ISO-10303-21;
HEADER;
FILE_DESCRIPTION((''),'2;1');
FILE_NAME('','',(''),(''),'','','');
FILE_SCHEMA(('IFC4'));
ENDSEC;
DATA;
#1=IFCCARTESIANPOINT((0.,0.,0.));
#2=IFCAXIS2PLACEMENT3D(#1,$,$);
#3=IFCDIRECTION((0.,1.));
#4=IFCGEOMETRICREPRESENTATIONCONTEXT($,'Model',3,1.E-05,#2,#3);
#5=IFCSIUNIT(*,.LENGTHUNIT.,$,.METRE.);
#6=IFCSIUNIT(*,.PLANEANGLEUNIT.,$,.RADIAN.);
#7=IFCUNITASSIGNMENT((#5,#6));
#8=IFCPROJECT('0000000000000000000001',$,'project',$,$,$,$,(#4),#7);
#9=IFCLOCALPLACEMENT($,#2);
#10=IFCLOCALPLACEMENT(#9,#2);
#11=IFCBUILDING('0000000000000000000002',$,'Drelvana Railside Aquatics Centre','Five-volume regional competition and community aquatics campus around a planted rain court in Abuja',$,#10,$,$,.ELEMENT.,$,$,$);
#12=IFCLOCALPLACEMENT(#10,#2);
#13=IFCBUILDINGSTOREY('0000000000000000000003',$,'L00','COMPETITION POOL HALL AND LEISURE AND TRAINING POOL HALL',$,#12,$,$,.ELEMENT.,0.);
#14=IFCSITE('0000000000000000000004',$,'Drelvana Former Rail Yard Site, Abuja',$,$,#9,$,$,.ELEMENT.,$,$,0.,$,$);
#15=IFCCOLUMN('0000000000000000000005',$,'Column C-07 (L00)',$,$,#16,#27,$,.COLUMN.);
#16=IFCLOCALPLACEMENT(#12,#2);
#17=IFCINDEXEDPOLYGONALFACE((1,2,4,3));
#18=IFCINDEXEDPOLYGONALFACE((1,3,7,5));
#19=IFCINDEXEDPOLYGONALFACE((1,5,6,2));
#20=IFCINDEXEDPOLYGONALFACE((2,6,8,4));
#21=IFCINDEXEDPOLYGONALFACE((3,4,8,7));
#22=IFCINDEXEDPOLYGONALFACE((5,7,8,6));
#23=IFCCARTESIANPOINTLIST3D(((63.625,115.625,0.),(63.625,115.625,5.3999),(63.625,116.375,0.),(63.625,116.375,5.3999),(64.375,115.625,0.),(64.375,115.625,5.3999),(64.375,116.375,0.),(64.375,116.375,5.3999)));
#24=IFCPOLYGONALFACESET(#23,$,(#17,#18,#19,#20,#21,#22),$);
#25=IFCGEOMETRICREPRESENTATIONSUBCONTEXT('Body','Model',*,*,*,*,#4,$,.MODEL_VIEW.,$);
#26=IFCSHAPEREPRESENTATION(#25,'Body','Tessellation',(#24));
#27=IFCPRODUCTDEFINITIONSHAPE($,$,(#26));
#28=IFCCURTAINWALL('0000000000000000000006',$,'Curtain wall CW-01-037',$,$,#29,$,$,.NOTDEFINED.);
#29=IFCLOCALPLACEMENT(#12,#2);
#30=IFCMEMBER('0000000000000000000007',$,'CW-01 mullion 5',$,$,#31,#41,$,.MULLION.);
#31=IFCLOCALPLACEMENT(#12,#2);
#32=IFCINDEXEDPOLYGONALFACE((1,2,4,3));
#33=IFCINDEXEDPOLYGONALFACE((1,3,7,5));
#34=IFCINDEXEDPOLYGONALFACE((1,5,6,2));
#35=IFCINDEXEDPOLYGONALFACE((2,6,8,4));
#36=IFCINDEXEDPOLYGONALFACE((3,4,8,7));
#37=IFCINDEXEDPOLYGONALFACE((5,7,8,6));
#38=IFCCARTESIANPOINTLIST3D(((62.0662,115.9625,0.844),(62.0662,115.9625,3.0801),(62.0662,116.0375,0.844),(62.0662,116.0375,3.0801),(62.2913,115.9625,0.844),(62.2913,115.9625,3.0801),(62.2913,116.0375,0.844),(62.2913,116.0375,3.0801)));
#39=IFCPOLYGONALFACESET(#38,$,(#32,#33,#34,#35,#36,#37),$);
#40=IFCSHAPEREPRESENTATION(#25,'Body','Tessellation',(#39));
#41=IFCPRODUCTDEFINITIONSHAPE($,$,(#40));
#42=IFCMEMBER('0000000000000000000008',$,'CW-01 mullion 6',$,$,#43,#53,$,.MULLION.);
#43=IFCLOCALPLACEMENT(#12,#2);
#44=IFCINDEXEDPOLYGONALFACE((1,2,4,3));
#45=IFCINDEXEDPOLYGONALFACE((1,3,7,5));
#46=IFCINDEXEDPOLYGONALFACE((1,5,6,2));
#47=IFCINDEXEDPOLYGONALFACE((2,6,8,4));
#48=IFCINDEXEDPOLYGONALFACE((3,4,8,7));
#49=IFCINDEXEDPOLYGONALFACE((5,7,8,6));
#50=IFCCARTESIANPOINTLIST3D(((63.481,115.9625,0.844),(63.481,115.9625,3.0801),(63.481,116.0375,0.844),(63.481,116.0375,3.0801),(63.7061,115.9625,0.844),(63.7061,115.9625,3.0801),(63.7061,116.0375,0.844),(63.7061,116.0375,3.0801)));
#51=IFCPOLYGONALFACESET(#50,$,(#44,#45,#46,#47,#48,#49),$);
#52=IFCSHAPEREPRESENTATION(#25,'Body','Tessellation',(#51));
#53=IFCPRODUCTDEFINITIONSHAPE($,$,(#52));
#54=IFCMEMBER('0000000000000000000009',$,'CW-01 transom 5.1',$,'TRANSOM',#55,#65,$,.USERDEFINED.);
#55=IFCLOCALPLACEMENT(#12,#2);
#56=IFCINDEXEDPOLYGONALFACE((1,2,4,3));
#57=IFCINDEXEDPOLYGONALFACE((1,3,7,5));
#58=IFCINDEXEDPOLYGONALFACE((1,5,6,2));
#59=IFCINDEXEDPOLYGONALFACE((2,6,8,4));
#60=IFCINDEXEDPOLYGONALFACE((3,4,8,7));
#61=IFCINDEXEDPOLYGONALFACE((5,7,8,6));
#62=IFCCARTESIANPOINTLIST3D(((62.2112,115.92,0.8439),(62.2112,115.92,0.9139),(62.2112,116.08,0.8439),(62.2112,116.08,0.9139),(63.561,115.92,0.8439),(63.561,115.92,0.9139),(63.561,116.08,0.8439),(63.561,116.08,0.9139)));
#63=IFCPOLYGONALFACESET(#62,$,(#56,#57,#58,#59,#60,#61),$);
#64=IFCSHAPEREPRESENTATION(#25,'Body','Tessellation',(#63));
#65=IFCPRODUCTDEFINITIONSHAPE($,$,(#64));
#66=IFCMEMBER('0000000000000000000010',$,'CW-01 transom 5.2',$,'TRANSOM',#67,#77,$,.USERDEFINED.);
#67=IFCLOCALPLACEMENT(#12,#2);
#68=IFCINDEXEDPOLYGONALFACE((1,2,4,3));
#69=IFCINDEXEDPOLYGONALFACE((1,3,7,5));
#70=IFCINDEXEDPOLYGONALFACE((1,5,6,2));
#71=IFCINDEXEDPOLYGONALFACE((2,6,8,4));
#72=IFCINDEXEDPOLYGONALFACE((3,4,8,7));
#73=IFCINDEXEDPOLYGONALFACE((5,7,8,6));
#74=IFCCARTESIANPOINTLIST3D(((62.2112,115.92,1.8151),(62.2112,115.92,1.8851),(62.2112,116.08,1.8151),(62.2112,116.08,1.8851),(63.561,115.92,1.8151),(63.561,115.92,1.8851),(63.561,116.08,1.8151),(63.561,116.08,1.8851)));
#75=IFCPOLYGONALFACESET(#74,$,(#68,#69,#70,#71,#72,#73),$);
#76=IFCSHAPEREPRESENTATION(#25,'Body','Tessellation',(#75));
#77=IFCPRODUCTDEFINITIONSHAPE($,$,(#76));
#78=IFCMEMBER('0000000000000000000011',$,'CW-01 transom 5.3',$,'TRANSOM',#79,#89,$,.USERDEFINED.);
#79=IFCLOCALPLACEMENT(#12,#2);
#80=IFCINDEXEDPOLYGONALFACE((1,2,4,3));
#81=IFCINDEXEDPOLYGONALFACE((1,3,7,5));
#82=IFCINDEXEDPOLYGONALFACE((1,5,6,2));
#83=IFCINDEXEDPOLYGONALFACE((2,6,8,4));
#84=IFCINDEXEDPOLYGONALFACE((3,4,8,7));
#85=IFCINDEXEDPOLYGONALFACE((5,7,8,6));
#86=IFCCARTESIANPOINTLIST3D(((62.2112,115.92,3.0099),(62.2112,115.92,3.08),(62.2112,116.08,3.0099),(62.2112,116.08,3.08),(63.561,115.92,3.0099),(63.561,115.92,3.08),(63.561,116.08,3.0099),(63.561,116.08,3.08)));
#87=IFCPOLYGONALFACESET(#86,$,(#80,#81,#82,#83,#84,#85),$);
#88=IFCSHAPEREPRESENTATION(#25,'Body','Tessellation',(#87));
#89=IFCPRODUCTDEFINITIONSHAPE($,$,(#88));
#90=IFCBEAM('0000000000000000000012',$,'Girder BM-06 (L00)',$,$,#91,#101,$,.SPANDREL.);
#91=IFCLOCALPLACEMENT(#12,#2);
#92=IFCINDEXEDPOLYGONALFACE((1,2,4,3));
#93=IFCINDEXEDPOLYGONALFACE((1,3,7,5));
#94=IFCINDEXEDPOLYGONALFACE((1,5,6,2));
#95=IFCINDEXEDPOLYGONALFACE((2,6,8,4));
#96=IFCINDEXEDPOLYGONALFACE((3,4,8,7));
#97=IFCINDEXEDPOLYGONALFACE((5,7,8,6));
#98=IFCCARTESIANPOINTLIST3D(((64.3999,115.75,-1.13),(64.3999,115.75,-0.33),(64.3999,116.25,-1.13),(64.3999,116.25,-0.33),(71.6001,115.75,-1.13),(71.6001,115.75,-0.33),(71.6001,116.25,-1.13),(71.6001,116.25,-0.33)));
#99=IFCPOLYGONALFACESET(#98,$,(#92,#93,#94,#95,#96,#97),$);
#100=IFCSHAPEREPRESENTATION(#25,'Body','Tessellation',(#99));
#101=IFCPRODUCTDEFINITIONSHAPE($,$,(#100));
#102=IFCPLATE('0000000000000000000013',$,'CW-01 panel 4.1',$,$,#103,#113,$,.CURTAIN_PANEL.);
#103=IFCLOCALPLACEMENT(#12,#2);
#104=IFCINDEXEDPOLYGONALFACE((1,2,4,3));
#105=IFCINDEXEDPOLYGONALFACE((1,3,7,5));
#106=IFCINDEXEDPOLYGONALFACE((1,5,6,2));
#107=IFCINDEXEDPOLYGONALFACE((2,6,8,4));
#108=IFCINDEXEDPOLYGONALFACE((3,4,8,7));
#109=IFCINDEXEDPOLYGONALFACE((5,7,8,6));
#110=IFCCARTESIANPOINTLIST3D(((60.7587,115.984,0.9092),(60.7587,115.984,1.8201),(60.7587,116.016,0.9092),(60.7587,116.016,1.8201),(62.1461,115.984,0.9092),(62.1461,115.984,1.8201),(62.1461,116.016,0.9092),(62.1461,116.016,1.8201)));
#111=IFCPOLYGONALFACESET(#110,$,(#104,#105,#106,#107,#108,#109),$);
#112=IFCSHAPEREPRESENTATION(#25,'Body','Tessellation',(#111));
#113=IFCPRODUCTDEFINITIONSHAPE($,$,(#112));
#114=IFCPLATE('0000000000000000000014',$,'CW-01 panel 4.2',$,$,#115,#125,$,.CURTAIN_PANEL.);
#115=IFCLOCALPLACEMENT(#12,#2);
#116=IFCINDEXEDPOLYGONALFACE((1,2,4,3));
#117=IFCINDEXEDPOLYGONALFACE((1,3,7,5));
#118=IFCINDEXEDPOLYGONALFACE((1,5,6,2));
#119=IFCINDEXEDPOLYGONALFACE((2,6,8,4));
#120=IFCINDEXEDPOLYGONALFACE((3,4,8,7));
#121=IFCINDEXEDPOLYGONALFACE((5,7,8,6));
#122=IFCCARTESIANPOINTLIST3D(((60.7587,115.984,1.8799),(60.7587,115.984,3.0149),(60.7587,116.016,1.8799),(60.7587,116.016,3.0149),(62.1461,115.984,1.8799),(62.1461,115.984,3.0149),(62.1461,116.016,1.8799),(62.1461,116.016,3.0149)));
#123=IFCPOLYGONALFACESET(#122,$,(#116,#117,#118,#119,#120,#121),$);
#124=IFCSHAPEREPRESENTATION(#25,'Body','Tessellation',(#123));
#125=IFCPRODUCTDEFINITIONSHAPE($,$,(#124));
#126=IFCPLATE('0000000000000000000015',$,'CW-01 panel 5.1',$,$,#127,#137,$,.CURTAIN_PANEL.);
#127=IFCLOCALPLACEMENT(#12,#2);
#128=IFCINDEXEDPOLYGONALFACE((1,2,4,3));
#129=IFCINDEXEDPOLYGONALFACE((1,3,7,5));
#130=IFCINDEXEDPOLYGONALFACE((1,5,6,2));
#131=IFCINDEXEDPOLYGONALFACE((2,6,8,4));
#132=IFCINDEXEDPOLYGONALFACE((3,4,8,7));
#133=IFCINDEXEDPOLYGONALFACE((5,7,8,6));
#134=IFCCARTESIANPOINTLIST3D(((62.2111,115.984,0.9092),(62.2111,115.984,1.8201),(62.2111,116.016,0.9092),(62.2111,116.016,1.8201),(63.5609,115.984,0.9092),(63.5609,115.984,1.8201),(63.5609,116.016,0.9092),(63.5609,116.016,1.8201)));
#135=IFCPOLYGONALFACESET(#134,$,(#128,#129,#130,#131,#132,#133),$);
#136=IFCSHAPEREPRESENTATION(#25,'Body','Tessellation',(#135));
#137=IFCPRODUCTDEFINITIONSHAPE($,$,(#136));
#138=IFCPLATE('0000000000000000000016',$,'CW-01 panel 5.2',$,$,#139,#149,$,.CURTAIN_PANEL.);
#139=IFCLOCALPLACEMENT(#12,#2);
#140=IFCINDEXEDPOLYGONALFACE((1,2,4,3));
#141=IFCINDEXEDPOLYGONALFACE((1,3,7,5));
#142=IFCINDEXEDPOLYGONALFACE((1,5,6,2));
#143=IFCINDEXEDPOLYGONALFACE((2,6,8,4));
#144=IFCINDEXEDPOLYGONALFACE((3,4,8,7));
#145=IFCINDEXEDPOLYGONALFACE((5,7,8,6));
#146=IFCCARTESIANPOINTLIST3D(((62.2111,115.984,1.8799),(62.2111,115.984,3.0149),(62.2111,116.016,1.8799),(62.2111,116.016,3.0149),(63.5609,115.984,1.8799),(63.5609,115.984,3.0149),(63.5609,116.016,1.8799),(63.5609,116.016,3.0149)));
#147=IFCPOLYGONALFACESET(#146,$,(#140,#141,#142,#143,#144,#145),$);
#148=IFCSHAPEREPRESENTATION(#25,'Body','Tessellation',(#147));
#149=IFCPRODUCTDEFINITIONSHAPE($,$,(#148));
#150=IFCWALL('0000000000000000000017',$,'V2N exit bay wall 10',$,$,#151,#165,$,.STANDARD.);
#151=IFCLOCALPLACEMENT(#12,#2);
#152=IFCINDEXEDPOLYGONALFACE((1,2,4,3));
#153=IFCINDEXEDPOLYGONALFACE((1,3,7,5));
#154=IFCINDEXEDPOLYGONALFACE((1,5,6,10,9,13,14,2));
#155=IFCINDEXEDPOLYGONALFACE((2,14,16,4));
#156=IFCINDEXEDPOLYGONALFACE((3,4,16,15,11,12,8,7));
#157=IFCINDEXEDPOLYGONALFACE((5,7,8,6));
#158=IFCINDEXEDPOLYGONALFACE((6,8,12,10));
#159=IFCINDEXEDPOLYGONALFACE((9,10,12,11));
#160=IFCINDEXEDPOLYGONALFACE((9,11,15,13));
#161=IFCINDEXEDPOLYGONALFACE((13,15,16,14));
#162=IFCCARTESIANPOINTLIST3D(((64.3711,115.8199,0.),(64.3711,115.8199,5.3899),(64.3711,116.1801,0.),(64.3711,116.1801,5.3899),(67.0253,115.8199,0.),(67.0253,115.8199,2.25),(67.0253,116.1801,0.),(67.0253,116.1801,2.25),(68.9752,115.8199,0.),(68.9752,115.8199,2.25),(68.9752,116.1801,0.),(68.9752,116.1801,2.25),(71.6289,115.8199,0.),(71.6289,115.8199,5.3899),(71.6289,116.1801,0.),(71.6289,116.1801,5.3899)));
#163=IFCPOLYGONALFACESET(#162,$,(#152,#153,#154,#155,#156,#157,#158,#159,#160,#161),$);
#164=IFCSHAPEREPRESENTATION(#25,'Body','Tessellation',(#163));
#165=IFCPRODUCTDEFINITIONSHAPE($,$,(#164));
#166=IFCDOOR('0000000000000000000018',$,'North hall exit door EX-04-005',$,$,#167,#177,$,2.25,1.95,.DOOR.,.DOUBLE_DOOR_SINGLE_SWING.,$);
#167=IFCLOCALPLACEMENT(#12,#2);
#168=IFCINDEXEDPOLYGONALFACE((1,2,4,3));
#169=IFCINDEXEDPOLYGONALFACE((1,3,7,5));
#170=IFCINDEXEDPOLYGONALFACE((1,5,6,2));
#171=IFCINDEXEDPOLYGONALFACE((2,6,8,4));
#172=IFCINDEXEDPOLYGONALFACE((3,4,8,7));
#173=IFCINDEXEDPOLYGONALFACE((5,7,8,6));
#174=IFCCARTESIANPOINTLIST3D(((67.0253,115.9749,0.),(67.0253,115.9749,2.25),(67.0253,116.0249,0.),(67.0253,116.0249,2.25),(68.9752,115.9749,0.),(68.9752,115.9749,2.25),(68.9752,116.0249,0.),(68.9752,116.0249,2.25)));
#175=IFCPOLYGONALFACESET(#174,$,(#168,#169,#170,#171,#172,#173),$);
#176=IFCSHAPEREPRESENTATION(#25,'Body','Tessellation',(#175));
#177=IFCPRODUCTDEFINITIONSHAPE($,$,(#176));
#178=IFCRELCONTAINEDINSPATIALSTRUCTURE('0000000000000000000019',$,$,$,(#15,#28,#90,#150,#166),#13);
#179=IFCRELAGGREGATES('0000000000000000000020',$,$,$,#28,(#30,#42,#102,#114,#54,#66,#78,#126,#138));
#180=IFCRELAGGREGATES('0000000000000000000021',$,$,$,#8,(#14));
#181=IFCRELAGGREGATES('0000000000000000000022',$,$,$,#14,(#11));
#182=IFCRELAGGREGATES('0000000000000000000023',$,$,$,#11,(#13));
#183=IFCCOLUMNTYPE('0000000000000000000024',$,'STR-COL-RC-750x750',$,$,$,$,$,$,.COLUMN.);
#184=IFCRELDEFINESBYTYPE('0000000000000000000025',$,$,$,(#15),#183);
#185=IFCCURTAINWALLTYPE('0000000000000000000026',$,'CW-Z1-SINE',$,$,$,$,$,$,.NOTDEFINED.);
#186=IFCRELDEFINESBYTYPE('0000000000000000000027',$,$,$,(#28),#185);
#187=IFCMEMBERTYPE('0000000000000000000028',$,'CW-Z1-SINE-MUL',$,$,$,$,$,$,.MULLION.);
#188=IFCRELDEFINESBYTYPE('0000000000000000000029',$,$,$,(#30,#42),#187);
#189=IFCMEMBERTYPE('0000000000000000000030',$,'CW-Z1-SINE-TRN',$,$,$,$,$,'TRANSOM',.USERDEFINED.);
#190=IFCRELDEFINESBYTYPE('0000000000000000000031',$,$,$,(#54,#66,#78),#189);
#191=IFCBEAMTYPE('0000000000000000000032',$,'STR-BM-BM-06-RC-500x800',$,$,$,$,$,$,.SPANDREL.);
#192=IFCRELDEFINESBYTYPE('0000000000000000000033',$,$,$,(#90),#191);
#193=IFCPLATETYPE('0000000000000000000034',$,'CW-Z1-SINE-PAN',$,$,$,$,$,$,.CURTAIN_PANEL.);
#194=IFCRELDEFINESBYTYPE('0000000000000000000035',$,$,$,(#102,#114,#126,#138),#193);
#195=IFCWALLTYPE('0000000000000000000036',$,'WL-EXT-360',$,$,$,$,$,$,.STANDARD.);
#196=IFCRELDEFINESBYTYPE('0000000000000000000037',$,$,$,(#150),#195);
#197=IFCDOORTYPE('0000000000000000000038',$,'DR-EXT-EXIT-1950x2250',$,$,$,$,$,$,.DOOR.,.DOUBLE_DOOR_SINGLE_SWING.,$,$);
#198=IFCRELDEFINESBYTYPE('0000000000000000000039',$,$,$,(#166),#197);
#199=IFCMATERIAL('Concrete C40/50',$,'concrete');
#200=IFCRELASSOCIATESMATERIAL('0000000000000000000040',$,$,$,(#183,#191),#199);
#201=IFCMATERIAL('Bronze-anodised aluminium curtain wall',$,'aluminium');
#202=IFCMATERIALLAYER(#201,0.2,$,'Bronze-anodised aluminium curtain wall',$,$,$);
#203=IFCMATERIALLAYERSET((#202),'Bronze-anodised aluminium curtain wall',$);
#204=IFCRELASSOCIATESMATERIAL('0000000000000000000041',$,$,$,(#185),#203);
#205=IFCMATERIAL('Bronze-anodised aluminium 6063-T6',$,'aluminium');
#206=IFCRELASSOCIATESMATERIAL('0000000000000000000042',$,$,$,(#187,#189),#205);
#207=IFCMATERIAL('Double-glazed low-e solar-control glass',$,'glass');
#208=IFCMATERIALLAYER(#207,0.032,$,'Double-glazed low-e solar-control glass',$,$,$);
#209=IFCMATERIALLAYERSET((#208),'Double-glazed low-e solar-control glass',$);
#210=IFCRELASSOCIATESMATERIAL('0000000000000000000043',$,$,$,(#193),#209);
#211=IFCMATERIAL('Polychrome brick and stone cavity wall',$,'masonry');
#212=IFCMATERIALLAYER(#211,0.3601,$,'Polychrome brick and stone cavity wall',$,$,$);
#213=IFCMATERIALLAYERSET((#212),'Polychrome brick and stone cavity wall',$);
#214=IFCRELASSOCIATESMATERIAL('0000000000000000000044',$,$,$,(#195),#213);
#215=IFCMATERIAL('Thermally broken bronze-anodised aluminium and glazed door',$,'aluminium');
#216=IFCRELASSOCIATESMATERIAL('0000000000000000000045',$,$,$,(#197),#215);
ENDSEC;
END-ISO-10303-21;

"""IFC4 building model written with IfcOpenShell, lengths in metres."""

from ifc_helpers import new_model, si_unit, direction, frame, frame_2d, origin, origin_2d, place, context, subcontext, project, spatial, rectangle, extrude, material, layer, layer_set, material_profile, profile_set, type_object, element, fill, aggregate, save


model = new_model("IFC4")

# Units and contexts
model_context = context("Model", 3, precision=1e-05, world=origin(), true_north=direction((0.0, 1.0)))
body_context = subcontext(model_context, "Body", "Model", "MODEL_VIEW")
ifc_project = project(units=[si_unit("LENGTHUNIT", "METRE"), si_unit("PLANEANGLEUNIT", "RADIAN")], contexts=[model_context])

# Site, building, storey
site_placement = place(None, origin())
site = spatial("IfcSite", under=ifc_project, at=site_placement, Name="Drelvana Former Rail Yard Site, Abuja", CompositionType="ELEMENT", RefElevation=0.0)
building_placement = place(site_placement, origin())
building = spatial("IfcBuilding", under=site, at=building_placement, Name="Drelvana Railside Aquatics Centre", Description="Five-volume regional competition and community aquatics campus around a planted rain court in Abuja", CompositionType="ELEMENT")
storey_placement = place(building_placement, origin())
storey = spatial("IfcBuildingStorey", under=building, at=storey_placement, Name="L00", Description="COMPETITION POOL HALL AND LEISURE AND TRAINING POOL HALL", CompositionType="ELEMENT", Elevation=0.0)

# Column
ifc_material_1 = material(Name="Concrete C40/50", Category="concrete")
ifc_material_profile_1 = material_profile(ifc_material_1, rectangle(XDim=0.75, YDim=0.75, at=origin_2d()), Name="RC 750x750")
ifc_profile_set_1 = profile_set([ifc_material_profile_1], Name="Concrete C40/50")
column_type = type_object("IfcColumnType", Name="STR-COL-RC-750x750", PredefinedType="COLUMN", material=ifc_profile_set_1)
column_placement = place(storey_placement, frame((64.0, 116.0, 0.0), z_axis=(0.0, 0.0, 1.0), x_axis=(1.0, 0.0, 0.0)))
element("IfcColumn", 1, at=column_placement, inside=storey, type_object=column_type, Name="Column C-07 (L00)", PredefinedType="COLUMN", context=body_context, shape_type="SweptSolid", body=[
    extrude(rectangle(XDim=0.75, YDim=0.75, at=origin_2d()), origin(), (0.0, 0.0, 1.0), 5.3999),
])

# Curtain wall, members
ifc_material_2 = material(Name="Bronze-anodised aluminium curtain wall", Category="aluminium")
ifc_layer_1 = layer(ifc_material_2, 0.2, Name="Bronze-anodised aluminium curtain wall")
ifc_layer_set_1 = layer_set([ifc_layer_1], Name="Bronze-anodised aluminium curtain wall")
curtain_wall_type = type_object("IfcCurtainWallType", Name="CW-Z1-SINE", PredefinedType="NOTDEFINED", material=ifc_layer_set_1)
curtain_wall_placement = place(storey_placement, origin())
curtain_wall = element("IfcCurtainWall", 2, at=curtain_wall_placement, inside=storey, type_object=curtain_wall_type, Name="Curtain wall CW-01-037", PredefinedType="NOTDEFINED")
ifc_material_3 = material(Name="Bronze-anodised aluminium 6063-T6", Category="aluminium")
ifc_material_profile_2 = material_profile(ifc_material_3, rectangle(XDim=0.075, YDim=0.2251, at=origin_2d()), Name="ALU-M 75x225")
ifc_profile_set_2 = profile_set([ifc_material_profile_2], Name="Bronze-anodised aluminium 6063-T6")
member_type_1 = type_object("IfcMemberType", Name="CW-Z1-SINE-MUL", PredefinedType="MULLION", material=ifc_profile_set_2)
member_1_placement = place(storey_placement, frame((62.1787, 116.0, 0.844), z_axis=(0.0, 0.0, 1.0), x_axis=(0.0, 1.0, 0.0)))
member_1 = element("IfcMember", 3, at=member_1_placement, type_object=member_type_1, Name="CW-01 mullion 5", PredefinedType="MULLION", context=body_context, shape_type="SweptSolid", body=[
    extrude(rectangle(XDim=0.075, YDim=0.2251, at=origin_2d()), origin(), (0.0, 0.0, 1.0), 2.2361),
])
member_2_placement = place(storey_placement, frame((63.5935, 116.0, 0.844), z_axis=(0.0, 0.0, 1.0), x_axis=(0.0, 1.0, 0.0)))
member_2 = element("IfcMember", 4, at=member_2_placement, type_object=member_type_1, Name="CW-01 mullion 6", PredefinedType="MULLION", context=body_context, shape_type="SweptSolid", body=[
    extrude(rectangle(XDim=0.075, YDim=0.2251, at=origin_2d()), origin(), (0.0, 0.0, 1.0), 2.2361),
])
ifc_material_profile_3 = material_profile(ifc_material_3, rectangle(XDim=0.1599, YDim=0.0701, at=origin_2d()), Name="ALU-T 70x160")
ifc_profile_set_3 = profile_set([ifc_material_profile_3], Name="Bronze-anodised aluminium 6063-T6")
member_type_2 = type_object("IfcMemberType", Name="CW-Z1-SINE-TRN", ElementType="TRANSOM", PredefinedType="USERDEFINED", material=ifc_profile_set_3)
member_3_placement = place(storey_placement, frame((62.2112, 116.0, 0.8789), z_axis=(1.0, 0.0, 0.0), x_axis=(0.0, 1.0, 0.0)))
member_3 = element("IfcMember", 5, at=member_3_placement, type_object=member_type_2, Name="CW-01 transom 5.1", ObjectType="TRANSOM", PredefinedType="USERDEFINED", context=body_context, shape_type="SweptSolid", body=[
    extrude(rectangle(XDim=0.1599, YDim=0.0701, at=origin_2d()), origin(), (0.0, 0.0, 1.0), 1.3499),
])
member_4_placement = place(storey_placement, frame((62.2112, 116.0, 1.8501), z_axis=(1.0, 0.0, 0.0), x_axis=(0.0, 1.0, 0.0)))
member_4 = element("IfcMember", 6, at=member_4_placement, type_object=member_type_2, Name="CW-01 transom 5.2", ObjectType="TRANSOM", PredefinedType="USERDEFINED", context=body_context, shape_type="SweptSolid", body=[
    extrude(rectangle(XDim=0.1599, YDim=0.0701, at=origin_2d()), origin(), (0.0, 0.0, 1.0), 1.3499),
])
member_5_placement = place(storey_placement, frame((62.2112, 116.0, 3.0449), z_axis=(1.0, 0.0, 0.0), x_axis=(0.0, 1.0, 0.0)))
member_5 = element("IfcMember", 7, at=member_5_placement, type_object=member_type_2, Name="CW-01 transom 5.3", ObjectType="TRANSOM", PredefinedType="USERDEFINED", context=body_context, shape_type="SweptSolid", body=[
    extrude(rectangle(XDim=0.1599, YDim=0.0701, at=origin_2d()), origin(), (0.0, 0.0, 1.0), 1.3499),
])

# Beam
ifc_material_profile_4 = material_profile(ifc_material_1, rectangle(XDim=0.5, YDim=0.8, at=origin_2d()), Name="RC 500x800")
ifc_profile_set_4 = profile_set([ifc_material_profile_4], Name="Concrete C40/50")
beam_type = type_object("IfcBeamType", Name="STR-BM-BM-06-RC-500x800", PredefinedType="SPANDREL", material=ifc_profile_set_4)
beam_placement = place(storey_placement, frame((64.3999, 116.0, -0.73), z_axis=(1.0, 0.0, 0.0), x_axis=(0.0, 1.0, 0.0)))
element("IfcBeam", 8, at=beam_placement, inside=storey, type_object=beam_type, Name="Girder BM-06 (L00)", PredefinedType="SPANDREL", context=body_context, shape_type="SweptSolid", body=[
    extrude(rectangle(XDim=0.5, YDim=0.8, at=origin_2d()), origin(), (0.0, 0.0, 1.0), 7.2002),
])

# Plates
ifc_material_4 = material(Name="Double-glazed low-e solar-control glass", Category="glass")
ifc_layer_2 = layer(ifc_material_4, 0.032, Name="Double-glazed low-e solar-control glass")
ifc_layer_set_2 = layer_set([ifc_layer_2], Name="Double-glazed low-e solar-control glass")
plate_type = type_object("IfcPlateType", Name="CW-Z1-SINE-PAN", PredefinedType="CURTAIN_PANEL", material=ifc_layer_set_2)
plate_1_placement = place(storey_placement, frame((61.4524, 116.0, 0.9092), z_axis=(0.0, 0.0, 1.0), x_axis=(1.0, 0.0, 0.0)))
plate_1 = element("IfcPlate", 9, at=plate_1_placement, type_object=plate_type, Name="CW-01 panel 4.1", PredefinedType="CURTAIN_PANEL", context=body_context, shape_type="SweptSolid", body=[
    extrude(rectangle(XDim=1.3875, YDim=0.032, at=origin_2d()), origin(), (0.0, 0.0, 1.0), 0.9109),
])
plate_2_placement = place(storey_placement, frame((61.4524, 116.0, 1.8799), z_axis=(0.0, 0.0, 1.0), x_axis=(1.0, 0.0, 0.0)))
plate_2 = element("IfcPlate", 10, at=plate_2_placement, type_object=plate_type, Name="CW-01 panel 4.2", PredefinedType="CURTAIN_PANEL", context=body_context, shape_type="SweptSolid", body=[
    extrude(rectangle(XDim=1.3875, YDim=0.032, at=origin_2d()), origin(), (0.0, 0.0, 1.0), 1.135),
])
plate_3_placement = place(storey_placement, frame((62.886, 116.0, 0.9092), z_axis=(0.0, 0.0, 1.0), x_axis=(1.0, 0.0, 0.0)))
plate_3 = element("IfcPlate", 11, at=plate_3_placement, type_object=plate_type, Name="CW-01 panel 5.1", PredefinedType="CURTAIN_PANEL", context=body_context, shape_type="SweptSolid", body=[
    extrude(rectangle(XDim=1.3499, YDim=0.032, at=origin_2d()), origin(), (0.0, 0.0, 1.0), 0.9109),
])
plate_4_placement = place(storey_placement, frame((62.886, 116.0, 1.8799), z_axis=(0.0, 0.0, 1.0), x_axis=(1.0, 0.0, 0.0)))
plate_4 = element("IfcPlate", 12, at=plate_4_placement, type_object=plate_type, Name="CW-01 panel 5.2", PredefinedType="CURTAIN_PANEL", context=body_context, shape_type="SweptSolid", body=[
    extrude(rectangle(XDim=1.3499, YDim=0.032, at=origin_2d()), origin(), (0.0, 0.0, 1.0), 1.135),
])
aggregate(curtain_wall, [member_1, member_2, plate_1, plate_2, member_3, member_4, member_5, plate_3, plate_4])

# Wall, opening, door
ifc_material_5 = material(Name="Polychrome brick and stone cavity wall", Category="masonry")
ifc_layer_3 = layer(ifc_material_5, 0.3601, Name="Polychrome brick and stone cavity wall")
ifc_layer_set_3 = layer_set([ifc_layer_3], Name="Polychrome brick and stone cavity wall")
wall_type = type_object("IfcWallType", Name="WL-EXT-360", PredefinedType="STANDARD", material=ifc_layer_set_3)
wall_placement = place(storey_placement, frame((64.3711, 116.0, 0.0), z_axis=(0.0, 0.0, 1.0), x_axis=(1.0, 0.0, 0.0)))
wall = element("IfcWall", 13, at=wall_placement, inside=storey, type_object=wall_type, Name="V2N exit bay wall 10", PredefinedType="STANDARD", context=body_context, shape_type="SweptSolid", body=[
    extrude(rectangle(XDim=7.2578, YDim=0.3601, at=frame_2d((3.6289, 0.0))), origin(), (0.0, 0.0, 1.0), 5.3899),
])
opening_placement = place(wall_placement, frame((2.6541, 0.0, 0.0)))
opening = element("IfcOpeningElement", 14, at=opening_placement, cuts=wall, PredefinedType="OPENING", context=body_context, shape_type="SweptSolid", body=[
    extrude(rectangle(XDim=1.95, YDim=2.25, at=frame_2d((0.9751, 1.125))), frame((0.0, 0.1899, 0.0), z_axis=(0.0, -1.0, 0.0), x_axis=(1.0, 0.0, 0.0)), (0.0, 0.0, 1.0), 0.3801),
])
ifc_material_6 = material(Name="Thermally broken bronze-anodised aluminium and glazed door", Category="aluminium")
door_type = type_object("IfcDoorType", Name="DR-EXT-EXIT-1950x2250", OperationType="DOUBLE_DOOR_SINGLE_SWING", PredefinedType="DOOR", material=ifc_material_6)
door_placement = place(opening_placement, origin())
door = element("IfcDoor", 15, at=door_placement, inside=storey, type_object=door_type, Name="North hall exit door EX-04-005", OperationType="DOUBLE_DOOR_SINGLE_SWING", OverallHeight=2.25, OverallWidth=1.95, PredefinedType="DOOR", context=body_context, shape_type="SweptSolid", body=[
    extrude(rectangle(XDim=1.95, YDim=2.25, at=frame_2d((0.9751, 1.125))), frame((0.0, 0.0249, 0.0), z_axis=(0.0, -1.0, 0.0), x_axis=(1.0, 0.0, 0.0)), (0.0, 0.0, 1.0), 0.05),
])
fill(opening, door)

save(model, "model.ifc")
